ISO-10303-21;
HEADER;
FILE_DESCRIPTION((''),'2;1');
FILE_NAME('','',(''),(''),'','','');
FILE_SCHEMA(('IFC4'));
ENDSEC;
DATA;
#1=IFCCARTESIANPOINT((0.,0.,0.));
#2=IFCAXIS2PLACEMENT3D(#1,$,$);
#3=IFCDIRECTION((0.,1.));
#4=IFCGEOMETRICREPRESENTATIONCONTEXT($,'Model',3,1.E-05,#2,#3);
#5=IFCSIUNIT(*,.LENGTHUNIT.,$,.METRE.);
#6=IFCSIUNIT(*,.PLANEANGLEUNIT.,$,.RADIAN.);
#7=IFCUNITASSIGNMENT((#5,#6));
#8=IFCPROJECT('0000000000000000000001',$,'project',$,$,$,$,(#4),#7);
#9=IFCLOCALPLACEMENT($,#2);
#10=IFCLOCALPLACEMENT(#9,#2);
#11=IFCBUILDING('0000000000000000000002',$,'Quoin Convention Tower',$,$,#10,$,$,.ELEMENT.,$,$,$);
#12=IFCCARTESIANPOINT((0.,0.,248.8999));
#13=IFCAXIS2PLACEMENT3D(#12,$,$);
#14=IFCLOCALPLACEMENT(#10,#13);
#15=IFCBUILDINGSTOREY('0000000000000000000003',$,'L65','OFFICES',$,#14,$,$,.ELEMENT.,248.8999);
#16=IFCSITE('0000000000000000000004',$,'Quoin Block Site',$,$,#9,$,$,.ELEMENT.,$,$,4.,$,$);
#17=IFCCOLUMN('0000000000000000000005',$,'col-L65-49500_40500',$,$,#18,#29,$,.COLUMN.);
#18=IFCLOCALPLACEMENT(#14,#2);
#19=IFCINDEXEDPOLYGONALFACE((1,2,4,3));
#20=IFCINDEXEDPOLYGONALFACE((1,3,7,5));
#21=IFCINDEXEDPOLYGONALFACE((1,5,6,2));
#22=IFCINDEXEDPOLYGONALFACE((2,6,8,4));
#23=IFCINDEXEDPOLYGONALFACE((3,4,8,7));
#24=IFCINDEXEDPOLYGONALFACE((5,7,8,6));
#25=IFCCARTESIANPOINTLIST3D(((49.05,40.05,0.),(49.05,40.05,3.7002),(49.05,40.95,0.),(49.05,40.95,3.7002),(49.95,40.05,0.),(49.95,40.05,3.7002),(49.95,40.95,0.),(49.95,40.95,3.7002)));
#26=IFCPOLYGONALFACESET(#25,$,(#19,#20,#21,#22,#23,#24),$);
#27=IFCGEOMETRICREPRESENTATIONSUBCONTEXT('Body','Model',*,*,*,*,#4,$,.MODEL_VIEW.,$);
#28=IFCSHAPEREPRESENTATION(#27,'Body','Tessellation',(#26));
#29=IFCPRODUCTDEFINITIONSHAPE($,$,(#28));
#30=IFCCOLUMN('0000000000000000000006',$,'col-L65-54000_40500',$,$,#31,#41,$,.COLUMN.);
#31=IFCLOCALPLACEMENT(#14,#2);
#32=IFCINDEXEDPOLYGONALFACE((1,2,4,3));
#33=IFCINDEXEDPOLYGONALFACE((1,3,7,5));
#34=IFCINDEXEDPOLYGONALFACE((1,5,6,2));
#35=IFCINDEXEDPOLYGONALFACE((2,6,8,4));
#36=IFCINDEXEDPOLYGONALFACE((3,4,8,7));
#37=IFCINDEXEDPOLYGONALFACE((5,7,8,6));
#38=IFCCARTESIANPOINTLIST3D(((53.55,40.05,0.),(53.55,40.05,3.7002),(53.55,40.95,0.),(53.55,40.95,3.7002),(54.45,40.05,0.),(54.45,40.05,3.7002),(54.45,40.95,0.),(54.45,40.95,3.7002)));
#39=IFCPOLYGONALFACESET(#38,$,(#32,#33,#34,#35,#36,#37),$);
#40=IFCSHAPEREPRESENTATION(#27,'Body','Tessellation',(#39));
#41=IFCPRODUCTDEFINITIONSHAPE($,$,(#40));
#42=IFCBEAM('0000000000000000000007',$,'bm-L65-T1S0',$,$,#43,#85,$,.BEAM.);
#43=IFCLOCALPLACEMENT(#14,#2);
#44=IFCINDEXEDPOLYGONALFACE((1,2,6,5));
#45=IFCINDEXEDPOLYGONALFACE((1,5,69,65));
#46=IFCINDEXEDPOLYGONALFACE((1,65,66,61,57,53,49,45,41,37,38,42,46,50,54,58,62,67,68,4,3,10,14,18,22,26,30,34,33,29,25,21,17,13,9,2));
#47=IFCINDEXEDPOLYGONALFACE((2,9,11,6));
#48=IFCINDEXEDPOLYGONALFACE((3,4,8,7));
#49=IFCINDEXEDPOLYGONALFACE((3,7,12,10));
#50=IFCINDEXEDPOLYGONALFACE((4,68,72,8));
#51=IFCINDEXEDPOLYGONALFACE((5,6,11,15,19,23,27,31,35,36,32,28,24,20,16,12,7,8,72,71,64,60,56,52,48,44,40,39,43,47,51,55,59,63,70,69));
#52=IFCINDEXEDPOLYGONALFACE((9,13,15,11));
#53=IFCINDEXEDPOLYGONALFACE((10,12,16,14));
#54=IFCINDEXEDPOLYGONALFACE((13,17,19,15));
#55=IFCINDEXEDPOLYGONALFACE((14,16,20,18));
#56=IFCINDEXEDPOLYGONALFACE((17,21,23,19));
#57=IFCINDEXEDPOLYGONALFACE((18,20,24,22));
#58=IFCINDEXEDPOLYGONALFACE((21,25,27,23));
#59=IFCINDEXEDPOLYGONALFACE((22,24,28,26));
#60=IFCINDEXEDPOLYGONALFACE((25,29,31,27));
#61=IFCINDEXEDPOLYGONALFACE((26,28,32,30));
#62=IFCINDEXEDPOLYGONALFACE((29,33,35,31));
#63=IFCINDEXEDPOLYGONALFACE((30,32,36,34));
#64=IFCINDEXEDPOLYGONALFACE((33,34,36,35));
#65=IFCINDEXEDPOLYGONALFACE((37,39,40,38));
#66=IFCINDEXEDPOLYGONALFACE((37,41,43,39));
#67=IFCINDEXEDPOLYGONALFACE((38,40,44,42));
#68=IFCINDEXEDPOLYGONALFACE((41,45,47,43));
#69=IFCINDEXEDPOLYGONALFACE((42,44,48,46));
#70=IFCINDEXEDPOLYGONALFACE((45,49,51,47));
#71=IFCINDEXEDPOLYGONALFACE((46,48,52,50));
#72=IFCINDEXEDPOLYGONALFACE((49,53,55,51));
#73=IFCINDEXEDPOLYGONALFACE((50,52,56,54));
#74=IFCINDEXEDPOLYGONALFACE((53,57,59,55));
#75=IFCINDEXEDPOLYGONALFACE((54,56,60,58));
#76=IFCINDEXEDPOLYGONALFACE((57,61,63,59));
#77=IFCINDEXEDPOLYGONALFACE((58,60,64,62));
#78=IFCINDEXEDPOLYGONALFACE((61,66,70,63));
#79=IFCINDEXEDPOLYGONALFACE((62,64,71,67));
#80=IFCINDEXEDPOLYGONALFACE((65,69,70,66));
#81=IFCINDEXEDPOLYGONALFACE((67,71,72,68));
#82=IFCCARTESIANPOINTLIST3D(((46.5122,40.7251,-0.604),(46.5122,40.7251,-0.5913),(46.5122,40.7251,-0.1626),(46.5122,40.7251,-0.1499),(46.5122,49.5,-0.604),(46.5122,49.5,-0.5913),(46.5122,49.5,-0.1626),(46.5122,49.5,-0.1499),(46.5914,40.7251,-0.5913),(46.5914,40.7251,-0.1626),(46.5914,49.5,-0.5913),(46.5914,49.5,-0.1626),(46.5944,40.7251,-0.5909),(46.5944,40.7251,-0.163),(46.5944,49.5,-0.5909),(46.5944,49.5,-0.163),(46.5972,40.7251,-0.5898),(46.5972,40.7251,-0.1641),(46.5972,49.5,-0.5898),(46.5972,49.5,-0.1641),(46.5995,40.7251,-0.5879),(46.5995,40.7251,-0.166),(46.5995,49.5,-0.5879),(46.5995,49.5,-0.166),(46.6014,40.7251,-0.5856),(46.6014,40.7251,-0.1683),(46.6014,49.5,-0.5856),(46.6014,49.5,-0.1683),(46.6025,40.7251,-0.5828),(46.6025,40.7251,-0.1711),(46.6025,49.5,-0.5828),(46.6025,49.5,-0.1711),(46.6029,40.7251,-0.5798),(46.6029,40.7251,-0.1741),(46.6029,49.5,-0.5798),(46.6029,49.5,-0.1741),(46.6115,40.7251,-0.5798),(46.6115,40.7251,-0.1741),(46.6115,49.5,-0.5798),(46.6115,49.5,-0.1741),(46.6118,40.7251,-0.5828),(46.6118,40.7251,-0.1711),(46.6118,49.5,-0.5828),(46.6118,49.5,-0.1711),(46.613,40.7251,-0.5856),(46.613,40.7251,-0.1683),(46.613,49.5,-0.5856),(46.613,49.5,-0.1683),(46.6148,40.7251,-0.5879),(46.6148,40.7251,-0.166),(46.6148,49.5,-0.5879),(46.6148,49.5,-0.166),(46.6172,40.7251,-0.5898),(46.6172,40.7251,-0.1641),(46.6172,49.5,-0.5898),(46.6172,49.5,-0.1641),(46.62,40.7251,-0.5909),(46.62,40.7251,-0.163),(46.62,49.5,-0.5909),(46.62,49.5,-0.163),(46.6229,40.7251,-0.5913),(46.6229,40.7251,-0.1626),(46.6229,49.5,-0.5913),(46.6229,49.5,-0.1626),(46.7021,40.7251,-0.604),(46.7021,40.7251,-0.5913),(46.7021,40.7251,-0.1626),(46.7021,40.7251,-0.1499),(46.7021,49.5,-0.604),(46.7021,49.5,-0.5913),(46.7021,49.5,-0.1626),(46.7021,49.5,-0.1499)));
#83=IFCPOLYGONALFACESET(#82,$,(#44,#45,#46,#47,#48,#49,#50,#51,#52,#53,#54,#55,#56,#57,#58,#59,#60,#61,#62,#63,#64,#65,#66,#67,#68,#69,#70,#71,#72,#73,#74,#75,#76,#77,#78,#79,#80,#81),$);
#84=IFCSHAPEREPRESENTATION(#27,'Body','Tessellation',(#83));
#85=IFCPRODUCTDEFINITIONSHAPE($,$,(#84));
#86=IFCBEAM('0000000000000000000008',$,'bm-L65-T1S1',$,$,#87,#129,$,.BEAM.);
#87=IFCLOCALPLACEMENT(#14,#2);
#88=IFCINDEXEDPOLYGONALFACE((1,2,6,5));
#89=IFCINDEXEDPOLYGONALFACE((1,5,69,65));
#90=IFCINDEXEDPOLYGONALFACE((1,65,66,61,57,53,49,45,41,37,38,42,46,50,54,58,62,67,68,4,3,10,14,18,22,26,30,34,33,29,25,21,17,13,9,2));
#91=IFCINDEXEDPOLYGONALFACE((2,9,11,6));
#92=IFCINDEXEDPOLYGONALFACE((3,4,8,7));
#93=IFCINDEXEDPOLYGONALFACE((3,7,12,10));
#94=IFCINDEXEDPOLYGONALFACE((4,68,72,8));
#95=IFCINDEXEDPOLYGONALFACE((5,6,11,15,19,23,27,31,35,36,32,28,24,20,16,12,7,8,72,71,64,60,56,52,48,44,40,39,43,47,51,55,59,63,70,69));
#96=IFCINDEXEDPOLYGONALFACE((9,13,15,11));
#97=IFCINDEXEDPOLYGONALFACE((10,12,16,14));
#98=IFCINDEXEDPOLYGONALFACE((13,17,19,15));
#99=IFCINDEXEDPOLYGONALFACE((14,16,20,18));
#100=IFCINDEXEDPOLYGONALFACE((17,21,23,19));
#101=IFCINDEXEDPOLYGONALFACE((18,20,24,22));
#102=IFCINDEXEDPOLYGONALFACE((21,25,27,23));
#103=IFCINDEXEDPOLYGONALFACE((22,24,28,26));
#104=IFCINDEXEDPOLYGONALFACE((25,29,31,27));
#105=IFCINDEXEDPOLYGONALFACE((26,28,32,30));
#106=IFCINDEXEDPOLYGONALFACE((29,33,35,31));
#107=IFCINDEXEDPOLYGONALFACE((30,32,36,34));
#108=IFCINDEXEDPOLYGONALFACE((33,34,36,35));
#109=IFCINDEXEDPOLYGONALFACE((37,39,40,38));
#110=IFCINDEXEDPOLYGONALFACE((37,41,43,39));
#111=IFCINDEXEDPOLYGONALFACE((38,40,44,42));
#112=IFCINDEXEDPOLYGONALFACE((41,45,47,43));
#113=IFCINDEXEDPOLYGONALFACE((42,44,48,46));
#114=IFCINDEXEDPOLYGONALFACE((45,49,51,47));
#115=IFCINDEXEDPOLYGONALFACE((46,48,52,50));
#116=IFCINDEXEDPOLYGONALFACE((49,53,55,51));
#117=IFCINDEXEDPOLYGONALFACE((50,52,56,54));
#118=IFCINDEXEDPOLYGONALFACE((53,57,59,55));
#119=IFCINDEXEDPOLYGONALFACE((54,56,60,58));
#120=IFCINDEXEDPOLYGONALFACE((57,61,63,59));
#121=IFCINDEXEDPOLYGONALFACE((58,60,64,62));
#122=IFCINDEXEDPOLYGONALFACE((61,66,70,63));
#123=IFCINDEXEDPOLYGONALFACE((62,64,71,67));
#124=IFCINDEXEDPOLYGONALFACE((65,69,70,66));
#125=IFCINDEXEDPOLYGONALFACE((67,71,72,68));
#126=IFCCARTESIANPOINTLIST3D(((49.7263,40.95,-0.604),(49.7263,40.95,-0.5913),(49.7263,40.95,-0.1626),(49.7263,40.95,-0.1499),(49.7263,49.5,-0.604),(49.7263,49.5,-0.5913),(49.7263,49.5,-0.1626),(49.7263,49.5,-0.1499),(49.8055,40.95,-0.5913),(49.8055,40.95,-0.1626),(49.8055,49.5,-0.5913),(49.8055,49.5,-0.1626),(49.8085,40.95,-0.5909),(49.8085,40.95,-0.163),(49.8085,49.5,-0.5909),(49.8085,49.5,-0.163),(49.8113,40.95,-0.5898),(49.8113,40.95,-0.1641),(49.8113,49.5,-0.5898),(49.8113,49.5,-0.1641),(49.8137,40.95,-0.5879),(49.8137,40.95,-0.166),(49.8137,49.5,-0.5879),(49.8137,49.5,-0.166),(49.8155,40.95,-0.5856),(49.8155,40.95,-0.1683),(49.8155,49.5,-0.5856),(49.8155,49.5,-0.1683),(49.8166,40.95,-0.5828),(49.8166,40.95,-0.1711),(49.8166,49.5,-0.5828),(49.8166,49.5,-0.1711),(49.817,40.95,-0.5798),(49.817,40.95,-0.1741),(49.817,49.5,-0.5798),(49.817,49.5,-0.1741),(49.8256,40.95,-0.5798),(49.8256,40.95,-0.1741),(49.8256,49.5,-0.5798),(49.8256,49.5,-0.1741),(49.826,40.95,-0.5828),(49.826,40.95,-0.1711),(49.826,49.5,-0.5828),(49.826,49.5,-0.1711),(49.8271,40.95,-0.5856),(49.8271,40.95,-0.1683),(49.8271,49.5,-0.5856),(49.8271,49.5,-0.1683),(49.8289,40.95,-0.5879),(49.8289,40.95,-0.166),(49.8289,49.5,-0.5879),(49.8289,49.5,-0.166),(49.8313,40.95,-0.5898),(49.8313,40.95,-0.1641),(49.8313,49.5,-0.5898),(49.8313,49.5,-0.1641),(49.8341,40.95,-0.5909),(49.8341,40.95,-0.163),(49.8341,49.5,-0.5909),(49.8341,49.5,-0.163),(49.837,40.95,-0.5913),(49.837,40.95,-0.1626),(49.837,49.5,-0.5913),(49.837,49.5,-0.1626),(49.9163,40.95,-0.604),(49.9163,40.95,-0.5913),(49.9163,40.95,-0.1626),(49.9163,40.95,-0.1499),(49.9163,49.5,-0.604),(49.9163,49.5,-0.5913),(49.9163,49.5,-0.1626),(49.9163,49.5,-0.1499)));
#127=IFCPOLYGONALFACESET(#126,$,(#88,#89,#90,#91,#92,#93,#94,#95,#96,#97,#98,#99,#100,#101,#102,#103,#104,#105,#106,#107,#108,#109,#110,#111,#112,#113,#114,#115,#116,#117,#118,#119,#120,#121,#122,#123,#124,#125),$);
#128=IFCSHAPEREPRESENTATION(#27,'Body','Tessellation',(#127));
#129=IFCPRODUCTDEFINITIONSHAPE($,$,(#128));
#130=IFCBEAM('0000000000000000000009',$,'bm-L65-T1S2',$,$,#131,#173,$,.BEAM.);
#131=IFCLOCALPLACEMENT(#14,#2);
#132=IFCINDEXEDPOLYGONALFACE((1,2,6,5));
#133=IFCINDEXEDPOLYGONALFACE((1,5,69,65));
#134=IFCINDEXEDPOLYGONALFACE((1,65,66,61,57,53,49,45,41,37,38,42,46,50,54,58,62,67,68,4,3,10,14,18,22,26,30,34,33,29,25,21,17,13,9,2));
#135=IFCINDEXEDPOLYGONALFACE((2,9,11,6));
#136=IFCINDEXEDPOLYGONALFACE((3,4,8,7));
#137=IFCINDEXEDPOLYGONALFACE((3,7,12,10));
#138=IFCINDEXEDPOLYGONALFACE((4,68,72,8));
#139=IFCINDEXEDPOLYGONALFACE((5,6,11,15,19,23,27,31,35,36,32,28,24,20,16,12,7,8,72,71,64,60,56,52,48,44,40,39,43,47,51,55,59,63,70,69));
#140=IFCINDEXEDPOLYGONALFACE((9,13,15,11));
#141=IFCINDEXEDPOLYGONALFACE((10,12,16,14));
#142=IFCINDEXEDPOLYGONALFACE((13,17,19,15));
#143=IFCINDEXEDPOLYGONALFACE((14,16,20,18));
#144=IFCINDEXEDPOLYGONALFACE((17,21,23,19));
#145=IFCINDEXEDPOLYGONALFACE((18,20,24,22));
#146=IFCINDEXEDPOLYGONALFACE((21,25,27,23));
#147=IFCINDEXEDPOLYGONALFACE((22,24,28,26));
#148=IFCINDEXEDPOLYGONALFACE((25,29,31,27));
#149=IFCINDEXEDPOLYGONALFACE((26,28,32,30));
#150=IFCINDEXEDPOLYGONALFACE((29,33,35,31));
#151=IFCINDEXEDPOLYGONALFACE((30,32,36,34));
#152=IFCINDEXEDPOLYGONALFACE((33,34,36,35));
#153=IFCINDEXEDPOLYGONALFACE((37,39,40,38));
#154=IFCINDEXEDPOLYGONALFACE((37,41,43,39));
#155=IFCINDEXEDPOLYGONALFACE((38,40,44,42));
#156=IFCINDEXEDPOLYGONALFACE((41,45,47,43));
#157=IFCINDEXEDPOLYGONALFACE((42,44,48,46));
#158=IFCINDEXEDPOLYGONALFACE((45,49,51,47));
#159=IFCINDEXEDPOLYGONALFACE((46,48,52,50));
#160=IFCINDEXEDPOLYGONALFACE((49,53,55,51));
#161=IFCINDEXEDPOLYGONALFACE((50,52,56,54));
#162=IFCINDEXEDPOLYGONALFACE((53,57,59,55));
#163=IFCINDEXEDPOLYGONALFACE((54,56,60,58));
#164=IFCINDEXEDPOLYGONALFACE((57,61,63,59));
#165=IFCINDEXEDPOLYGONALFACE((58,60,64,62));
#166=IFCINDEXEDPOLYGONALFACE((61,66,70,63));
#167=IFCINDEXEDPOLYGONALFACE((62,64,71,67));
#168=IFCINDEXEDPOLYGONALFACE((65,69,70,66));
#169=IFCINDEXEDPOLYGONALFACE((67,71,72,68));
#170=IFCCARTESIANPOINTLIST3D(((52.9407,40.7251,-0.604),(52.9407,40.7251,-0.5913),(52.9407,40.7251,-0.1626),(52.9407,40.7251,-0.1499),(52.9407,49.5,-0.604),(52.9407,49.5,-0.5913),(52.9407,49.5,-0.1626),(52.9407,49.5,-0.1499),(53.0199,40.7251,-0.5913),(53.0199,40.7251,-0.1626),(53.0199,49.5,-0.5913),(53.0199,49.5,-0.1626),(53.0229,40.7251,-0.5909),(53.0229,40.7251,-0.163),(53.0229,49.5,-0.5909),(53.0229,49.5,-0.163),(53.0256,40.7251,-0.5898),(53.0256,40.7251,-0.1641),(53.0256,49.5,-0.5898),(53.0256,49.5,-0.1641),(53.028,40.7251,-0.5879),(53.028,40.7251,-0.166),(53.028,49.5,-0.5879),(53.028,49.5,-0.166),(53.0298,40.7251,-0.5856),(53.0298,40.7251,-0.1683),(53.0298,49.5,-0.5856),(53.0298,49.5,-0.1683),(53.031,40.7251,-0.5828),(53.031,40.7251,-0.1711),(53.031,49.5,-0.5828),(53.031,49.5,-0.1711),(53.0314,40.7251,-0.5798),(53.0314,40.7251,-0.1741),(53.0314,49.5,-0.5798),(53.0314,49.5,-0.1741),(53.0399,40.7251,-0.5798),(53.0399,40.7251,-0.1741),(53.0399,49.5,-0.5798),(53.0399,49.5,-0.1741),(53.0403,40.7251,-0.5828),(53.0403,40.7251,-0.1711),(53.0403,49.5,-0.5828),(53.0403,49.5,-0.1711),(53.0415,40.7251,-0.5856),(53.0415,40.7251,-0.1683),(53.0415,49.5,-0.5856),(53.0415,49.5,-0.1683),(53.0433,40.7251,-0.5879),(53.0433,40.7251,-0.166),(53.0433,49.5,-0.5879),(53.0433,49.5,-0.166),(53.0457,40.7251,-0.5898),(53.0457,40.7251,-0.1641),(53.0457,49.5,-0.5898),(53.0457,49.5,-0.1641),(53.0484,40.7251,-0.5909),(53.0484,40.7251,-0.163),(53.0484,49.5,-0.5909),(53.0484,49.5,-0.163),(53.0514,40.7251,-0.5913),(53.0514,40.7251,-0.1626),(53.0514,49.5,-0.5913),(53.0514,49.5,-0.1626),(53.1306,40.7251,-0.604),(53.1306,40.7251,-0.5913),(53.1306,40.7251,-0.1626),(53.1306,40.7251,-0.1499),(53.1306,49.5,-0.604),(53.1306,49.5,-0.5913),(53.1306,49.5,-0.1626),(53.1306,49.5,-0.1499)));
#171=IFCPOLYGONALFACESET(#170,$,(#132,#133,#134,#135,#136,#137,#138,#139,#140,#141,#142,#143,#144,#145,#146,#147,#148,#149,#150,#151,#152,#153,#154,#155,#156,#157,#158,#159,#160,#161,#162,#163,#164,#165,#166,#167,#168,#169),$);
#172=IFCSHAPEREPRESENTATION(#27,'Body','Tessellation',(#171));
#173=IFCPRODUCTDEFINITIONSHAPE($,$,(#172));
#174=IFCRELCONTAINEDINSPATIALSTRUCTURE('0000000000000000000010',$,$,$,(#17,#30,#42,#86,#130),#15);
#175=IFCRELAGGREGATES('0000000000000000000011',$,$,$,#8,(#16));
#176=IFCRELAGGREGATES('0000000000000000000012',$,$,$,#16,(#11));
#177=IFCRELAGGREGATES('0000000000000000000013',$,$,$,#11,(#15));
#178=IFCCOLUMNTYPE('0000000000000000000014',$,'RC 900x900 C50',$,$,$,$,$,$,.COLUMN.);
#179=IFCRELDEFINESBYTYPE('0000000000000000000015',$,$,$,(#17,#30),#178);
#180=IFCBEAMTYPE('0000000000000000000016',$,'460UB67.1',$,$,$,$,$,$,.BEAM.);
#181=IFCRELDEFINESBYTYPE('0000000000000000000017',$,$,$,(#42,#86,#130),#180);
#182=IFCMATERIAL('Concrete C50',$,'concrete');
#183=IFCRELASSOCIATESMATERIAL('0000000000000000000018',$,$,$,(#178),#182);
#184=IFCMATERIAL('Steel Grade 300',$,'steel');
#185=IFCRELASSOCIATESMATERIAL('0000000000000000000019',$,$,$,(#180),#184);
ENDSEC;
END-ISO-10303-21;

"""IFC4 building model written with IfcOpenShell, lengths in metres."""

from ifc_helpers import new_model, si_unit, direction, frame, origin, origin_2d, place, context, subcontext, project, spatial, rectangle, i_section, extrude, material, material_profile, profile_set, type_object, element, save


model = new_model("IFC4")

# Units and contexts
model_context = context("Model", 3, precision=1e-05, world=origin(), true_north=direction((0.0, 1.0)))
body_context = subcontext(model_context, "Body", "Model", "MODEL_VIEW")
ifc_project = project(units=[si_unit("LENGTHUNIT", "METRE"), si_unit("PLANEANGLEUNIT", "RADIAN")], contexts=[model_context])

# Site, building, storey
site_placement = place(None, origin())
site = spatial("IfcSite", under=ifc_project, at=site_placement, Name="Quoin Block Site", CompositionType="ELEMENT", RefElevation=4.0)
building_placement = place(site_placement, origin())
building = spatial("IfcBuilding", under=site, at=building_placement, Name="Quoin Convention Tower", CompositionType="ELEMENT")
storey_placement = place(building_placement, frame((0.0, 0.0, 248.8999)))
storey = spatial("IfcBuildingStorey", under=building, at=storey_placement, Name="L65", Description="OFFICES", CompositionType="ELEMENT", Elevation=248.8999)

# Columns
ifc_material_1 = material(Name="Concrete C50", Category="concrete")
ifc_material_profile_1 = material_profile(ifc_material_1, rectangle(XDim=0.8999, YDim=0.8999, at=origin_2d()), Name="RC 900x900")
ifc_profile_set_1 = profile_set([ifc_material_profile_1], Name="Concrete C50")
column_type = type_object("IfcColumnType", Name="RC 900x900 C50", PredefinedType="COLUMN", material=ifc_profile_set_1)
for number, where, z_axis, x_axis, name in (
    (1, (49.5, 40.5, 0.0), (0.0, 0.0, 1.0), (1.0, 0.0, 0.0), "col-L65-49500_40500"),
    (2, (54.0, 40.5, 0.0), (0.0, 0.0, 1.0), (1.0, 0.0, 0.0), "col-L65-54000_40500"),
):
    element("IfcColumn", number, at=place(storey_placement, frame(where, z_axis=z_axis, x_axis=x_axis)), inside=storey, type_object=column_type, Name=name, PredefinedType="COLUMN", context=body_context, shape_type="SweptSolid", body=[
        extrude(rectangle(XDim=0.8999, YDim=0.8999, at=origin_2d()), origin(), (0.0, 0.0, 1.0), 3.7002),
    ])

# Beams
ifc_material_2 = material(Name="Steel Grade 300", Category="steel")
ifc_material_profile_2 = material_profile(ifc_material_2, i_section(OverallWidth=0.1899, OverallDepth=0.4541, WebThickness=0.0085, FlangeThickness=0.0127, FilletRadius=0.0115, at=origin_2d()), Name="460UB67.1")
ifc_profile_set_2 = profile_set([ifc_material_profile_2], Name="Steel Grade 300")
beam_type_1 = type_object("IfcBeamType", Name="460UB67.1", PredefinedType="BEAM", material=ifc_profile_set_2)
beam_1_placement = place(storey_placement, frame((46.6072, 40.7251, -0.377), z_axis=(0.0, 1.0, 0.0), x_axis=(-1.0, 0.0, 0.0)))
element("IfcBeam", 3, at=beam_1_placement, inside=storey, type_object=beam_type_1, Name="bm-L65-T1S0", PredefinedType="BEAM", context=body_context, shape_type="SweptSolid", body=[
    extrude(i_section(OverallWidth=0.1899, OverallDepth=0.4541, WebThickness=0.0085, FlangeThickness=0.0127, FilletRadius=0.0115, at=origin_2d()), origin(), (0.0, 0.0, 1.0), 8.7749),
])
beam_2_placement = place(storey_placement, frame((49.8213, 40.95, -0.377), z_axis=(0.0, 1.0, 0.0), x_axis=(-1.0, 0.0, 0.0)))
element("IfcBeam", 4, at=beam_2_placement, inside=storey, type_object=beam_type_1, Name="bm-L65-T1S1", PredefinedType="BEAM", context=body_context, shape_type="SweptSolid", body=[
    extrude(i_section(OverallWidth=0.1899, OverallDepth=0.4541, WebThickness=0.0085, FlangeThickness=0.0127, FilletRadius=0.0115, at=origin_2d()), origin(), (0.0, 0.0, 1.0), 8.55),
])
for number, where, z_axis, x_axis, name in (
    (5, (53.0356, 40.7251, -0.377), (0.0, 1.0, 0.0), (-1.0, 0.0, 0.0), "bm-L65-T1S2"),
):
    element("IfcBeam", number, at=place(storey_placement, frame(where, z_axis=z_axis, x_axis=x_axis)), inside=storey, type_object=beam_type_1, Name=name, PredefinedType="BEAM", context=body_context, shape_type="SweptSolid", body=[
        extrude(i_section(OverallWidth=0.1899, OverallDepth=0.4541, WebThickness=0.0085, FlangeThickness=0.0127, FilletRadius=0.0115, at=origin_2d()), origin(), (0.0, 0.0, 1.0), 8.7749),
    ])

save(model, "model.ifc")
